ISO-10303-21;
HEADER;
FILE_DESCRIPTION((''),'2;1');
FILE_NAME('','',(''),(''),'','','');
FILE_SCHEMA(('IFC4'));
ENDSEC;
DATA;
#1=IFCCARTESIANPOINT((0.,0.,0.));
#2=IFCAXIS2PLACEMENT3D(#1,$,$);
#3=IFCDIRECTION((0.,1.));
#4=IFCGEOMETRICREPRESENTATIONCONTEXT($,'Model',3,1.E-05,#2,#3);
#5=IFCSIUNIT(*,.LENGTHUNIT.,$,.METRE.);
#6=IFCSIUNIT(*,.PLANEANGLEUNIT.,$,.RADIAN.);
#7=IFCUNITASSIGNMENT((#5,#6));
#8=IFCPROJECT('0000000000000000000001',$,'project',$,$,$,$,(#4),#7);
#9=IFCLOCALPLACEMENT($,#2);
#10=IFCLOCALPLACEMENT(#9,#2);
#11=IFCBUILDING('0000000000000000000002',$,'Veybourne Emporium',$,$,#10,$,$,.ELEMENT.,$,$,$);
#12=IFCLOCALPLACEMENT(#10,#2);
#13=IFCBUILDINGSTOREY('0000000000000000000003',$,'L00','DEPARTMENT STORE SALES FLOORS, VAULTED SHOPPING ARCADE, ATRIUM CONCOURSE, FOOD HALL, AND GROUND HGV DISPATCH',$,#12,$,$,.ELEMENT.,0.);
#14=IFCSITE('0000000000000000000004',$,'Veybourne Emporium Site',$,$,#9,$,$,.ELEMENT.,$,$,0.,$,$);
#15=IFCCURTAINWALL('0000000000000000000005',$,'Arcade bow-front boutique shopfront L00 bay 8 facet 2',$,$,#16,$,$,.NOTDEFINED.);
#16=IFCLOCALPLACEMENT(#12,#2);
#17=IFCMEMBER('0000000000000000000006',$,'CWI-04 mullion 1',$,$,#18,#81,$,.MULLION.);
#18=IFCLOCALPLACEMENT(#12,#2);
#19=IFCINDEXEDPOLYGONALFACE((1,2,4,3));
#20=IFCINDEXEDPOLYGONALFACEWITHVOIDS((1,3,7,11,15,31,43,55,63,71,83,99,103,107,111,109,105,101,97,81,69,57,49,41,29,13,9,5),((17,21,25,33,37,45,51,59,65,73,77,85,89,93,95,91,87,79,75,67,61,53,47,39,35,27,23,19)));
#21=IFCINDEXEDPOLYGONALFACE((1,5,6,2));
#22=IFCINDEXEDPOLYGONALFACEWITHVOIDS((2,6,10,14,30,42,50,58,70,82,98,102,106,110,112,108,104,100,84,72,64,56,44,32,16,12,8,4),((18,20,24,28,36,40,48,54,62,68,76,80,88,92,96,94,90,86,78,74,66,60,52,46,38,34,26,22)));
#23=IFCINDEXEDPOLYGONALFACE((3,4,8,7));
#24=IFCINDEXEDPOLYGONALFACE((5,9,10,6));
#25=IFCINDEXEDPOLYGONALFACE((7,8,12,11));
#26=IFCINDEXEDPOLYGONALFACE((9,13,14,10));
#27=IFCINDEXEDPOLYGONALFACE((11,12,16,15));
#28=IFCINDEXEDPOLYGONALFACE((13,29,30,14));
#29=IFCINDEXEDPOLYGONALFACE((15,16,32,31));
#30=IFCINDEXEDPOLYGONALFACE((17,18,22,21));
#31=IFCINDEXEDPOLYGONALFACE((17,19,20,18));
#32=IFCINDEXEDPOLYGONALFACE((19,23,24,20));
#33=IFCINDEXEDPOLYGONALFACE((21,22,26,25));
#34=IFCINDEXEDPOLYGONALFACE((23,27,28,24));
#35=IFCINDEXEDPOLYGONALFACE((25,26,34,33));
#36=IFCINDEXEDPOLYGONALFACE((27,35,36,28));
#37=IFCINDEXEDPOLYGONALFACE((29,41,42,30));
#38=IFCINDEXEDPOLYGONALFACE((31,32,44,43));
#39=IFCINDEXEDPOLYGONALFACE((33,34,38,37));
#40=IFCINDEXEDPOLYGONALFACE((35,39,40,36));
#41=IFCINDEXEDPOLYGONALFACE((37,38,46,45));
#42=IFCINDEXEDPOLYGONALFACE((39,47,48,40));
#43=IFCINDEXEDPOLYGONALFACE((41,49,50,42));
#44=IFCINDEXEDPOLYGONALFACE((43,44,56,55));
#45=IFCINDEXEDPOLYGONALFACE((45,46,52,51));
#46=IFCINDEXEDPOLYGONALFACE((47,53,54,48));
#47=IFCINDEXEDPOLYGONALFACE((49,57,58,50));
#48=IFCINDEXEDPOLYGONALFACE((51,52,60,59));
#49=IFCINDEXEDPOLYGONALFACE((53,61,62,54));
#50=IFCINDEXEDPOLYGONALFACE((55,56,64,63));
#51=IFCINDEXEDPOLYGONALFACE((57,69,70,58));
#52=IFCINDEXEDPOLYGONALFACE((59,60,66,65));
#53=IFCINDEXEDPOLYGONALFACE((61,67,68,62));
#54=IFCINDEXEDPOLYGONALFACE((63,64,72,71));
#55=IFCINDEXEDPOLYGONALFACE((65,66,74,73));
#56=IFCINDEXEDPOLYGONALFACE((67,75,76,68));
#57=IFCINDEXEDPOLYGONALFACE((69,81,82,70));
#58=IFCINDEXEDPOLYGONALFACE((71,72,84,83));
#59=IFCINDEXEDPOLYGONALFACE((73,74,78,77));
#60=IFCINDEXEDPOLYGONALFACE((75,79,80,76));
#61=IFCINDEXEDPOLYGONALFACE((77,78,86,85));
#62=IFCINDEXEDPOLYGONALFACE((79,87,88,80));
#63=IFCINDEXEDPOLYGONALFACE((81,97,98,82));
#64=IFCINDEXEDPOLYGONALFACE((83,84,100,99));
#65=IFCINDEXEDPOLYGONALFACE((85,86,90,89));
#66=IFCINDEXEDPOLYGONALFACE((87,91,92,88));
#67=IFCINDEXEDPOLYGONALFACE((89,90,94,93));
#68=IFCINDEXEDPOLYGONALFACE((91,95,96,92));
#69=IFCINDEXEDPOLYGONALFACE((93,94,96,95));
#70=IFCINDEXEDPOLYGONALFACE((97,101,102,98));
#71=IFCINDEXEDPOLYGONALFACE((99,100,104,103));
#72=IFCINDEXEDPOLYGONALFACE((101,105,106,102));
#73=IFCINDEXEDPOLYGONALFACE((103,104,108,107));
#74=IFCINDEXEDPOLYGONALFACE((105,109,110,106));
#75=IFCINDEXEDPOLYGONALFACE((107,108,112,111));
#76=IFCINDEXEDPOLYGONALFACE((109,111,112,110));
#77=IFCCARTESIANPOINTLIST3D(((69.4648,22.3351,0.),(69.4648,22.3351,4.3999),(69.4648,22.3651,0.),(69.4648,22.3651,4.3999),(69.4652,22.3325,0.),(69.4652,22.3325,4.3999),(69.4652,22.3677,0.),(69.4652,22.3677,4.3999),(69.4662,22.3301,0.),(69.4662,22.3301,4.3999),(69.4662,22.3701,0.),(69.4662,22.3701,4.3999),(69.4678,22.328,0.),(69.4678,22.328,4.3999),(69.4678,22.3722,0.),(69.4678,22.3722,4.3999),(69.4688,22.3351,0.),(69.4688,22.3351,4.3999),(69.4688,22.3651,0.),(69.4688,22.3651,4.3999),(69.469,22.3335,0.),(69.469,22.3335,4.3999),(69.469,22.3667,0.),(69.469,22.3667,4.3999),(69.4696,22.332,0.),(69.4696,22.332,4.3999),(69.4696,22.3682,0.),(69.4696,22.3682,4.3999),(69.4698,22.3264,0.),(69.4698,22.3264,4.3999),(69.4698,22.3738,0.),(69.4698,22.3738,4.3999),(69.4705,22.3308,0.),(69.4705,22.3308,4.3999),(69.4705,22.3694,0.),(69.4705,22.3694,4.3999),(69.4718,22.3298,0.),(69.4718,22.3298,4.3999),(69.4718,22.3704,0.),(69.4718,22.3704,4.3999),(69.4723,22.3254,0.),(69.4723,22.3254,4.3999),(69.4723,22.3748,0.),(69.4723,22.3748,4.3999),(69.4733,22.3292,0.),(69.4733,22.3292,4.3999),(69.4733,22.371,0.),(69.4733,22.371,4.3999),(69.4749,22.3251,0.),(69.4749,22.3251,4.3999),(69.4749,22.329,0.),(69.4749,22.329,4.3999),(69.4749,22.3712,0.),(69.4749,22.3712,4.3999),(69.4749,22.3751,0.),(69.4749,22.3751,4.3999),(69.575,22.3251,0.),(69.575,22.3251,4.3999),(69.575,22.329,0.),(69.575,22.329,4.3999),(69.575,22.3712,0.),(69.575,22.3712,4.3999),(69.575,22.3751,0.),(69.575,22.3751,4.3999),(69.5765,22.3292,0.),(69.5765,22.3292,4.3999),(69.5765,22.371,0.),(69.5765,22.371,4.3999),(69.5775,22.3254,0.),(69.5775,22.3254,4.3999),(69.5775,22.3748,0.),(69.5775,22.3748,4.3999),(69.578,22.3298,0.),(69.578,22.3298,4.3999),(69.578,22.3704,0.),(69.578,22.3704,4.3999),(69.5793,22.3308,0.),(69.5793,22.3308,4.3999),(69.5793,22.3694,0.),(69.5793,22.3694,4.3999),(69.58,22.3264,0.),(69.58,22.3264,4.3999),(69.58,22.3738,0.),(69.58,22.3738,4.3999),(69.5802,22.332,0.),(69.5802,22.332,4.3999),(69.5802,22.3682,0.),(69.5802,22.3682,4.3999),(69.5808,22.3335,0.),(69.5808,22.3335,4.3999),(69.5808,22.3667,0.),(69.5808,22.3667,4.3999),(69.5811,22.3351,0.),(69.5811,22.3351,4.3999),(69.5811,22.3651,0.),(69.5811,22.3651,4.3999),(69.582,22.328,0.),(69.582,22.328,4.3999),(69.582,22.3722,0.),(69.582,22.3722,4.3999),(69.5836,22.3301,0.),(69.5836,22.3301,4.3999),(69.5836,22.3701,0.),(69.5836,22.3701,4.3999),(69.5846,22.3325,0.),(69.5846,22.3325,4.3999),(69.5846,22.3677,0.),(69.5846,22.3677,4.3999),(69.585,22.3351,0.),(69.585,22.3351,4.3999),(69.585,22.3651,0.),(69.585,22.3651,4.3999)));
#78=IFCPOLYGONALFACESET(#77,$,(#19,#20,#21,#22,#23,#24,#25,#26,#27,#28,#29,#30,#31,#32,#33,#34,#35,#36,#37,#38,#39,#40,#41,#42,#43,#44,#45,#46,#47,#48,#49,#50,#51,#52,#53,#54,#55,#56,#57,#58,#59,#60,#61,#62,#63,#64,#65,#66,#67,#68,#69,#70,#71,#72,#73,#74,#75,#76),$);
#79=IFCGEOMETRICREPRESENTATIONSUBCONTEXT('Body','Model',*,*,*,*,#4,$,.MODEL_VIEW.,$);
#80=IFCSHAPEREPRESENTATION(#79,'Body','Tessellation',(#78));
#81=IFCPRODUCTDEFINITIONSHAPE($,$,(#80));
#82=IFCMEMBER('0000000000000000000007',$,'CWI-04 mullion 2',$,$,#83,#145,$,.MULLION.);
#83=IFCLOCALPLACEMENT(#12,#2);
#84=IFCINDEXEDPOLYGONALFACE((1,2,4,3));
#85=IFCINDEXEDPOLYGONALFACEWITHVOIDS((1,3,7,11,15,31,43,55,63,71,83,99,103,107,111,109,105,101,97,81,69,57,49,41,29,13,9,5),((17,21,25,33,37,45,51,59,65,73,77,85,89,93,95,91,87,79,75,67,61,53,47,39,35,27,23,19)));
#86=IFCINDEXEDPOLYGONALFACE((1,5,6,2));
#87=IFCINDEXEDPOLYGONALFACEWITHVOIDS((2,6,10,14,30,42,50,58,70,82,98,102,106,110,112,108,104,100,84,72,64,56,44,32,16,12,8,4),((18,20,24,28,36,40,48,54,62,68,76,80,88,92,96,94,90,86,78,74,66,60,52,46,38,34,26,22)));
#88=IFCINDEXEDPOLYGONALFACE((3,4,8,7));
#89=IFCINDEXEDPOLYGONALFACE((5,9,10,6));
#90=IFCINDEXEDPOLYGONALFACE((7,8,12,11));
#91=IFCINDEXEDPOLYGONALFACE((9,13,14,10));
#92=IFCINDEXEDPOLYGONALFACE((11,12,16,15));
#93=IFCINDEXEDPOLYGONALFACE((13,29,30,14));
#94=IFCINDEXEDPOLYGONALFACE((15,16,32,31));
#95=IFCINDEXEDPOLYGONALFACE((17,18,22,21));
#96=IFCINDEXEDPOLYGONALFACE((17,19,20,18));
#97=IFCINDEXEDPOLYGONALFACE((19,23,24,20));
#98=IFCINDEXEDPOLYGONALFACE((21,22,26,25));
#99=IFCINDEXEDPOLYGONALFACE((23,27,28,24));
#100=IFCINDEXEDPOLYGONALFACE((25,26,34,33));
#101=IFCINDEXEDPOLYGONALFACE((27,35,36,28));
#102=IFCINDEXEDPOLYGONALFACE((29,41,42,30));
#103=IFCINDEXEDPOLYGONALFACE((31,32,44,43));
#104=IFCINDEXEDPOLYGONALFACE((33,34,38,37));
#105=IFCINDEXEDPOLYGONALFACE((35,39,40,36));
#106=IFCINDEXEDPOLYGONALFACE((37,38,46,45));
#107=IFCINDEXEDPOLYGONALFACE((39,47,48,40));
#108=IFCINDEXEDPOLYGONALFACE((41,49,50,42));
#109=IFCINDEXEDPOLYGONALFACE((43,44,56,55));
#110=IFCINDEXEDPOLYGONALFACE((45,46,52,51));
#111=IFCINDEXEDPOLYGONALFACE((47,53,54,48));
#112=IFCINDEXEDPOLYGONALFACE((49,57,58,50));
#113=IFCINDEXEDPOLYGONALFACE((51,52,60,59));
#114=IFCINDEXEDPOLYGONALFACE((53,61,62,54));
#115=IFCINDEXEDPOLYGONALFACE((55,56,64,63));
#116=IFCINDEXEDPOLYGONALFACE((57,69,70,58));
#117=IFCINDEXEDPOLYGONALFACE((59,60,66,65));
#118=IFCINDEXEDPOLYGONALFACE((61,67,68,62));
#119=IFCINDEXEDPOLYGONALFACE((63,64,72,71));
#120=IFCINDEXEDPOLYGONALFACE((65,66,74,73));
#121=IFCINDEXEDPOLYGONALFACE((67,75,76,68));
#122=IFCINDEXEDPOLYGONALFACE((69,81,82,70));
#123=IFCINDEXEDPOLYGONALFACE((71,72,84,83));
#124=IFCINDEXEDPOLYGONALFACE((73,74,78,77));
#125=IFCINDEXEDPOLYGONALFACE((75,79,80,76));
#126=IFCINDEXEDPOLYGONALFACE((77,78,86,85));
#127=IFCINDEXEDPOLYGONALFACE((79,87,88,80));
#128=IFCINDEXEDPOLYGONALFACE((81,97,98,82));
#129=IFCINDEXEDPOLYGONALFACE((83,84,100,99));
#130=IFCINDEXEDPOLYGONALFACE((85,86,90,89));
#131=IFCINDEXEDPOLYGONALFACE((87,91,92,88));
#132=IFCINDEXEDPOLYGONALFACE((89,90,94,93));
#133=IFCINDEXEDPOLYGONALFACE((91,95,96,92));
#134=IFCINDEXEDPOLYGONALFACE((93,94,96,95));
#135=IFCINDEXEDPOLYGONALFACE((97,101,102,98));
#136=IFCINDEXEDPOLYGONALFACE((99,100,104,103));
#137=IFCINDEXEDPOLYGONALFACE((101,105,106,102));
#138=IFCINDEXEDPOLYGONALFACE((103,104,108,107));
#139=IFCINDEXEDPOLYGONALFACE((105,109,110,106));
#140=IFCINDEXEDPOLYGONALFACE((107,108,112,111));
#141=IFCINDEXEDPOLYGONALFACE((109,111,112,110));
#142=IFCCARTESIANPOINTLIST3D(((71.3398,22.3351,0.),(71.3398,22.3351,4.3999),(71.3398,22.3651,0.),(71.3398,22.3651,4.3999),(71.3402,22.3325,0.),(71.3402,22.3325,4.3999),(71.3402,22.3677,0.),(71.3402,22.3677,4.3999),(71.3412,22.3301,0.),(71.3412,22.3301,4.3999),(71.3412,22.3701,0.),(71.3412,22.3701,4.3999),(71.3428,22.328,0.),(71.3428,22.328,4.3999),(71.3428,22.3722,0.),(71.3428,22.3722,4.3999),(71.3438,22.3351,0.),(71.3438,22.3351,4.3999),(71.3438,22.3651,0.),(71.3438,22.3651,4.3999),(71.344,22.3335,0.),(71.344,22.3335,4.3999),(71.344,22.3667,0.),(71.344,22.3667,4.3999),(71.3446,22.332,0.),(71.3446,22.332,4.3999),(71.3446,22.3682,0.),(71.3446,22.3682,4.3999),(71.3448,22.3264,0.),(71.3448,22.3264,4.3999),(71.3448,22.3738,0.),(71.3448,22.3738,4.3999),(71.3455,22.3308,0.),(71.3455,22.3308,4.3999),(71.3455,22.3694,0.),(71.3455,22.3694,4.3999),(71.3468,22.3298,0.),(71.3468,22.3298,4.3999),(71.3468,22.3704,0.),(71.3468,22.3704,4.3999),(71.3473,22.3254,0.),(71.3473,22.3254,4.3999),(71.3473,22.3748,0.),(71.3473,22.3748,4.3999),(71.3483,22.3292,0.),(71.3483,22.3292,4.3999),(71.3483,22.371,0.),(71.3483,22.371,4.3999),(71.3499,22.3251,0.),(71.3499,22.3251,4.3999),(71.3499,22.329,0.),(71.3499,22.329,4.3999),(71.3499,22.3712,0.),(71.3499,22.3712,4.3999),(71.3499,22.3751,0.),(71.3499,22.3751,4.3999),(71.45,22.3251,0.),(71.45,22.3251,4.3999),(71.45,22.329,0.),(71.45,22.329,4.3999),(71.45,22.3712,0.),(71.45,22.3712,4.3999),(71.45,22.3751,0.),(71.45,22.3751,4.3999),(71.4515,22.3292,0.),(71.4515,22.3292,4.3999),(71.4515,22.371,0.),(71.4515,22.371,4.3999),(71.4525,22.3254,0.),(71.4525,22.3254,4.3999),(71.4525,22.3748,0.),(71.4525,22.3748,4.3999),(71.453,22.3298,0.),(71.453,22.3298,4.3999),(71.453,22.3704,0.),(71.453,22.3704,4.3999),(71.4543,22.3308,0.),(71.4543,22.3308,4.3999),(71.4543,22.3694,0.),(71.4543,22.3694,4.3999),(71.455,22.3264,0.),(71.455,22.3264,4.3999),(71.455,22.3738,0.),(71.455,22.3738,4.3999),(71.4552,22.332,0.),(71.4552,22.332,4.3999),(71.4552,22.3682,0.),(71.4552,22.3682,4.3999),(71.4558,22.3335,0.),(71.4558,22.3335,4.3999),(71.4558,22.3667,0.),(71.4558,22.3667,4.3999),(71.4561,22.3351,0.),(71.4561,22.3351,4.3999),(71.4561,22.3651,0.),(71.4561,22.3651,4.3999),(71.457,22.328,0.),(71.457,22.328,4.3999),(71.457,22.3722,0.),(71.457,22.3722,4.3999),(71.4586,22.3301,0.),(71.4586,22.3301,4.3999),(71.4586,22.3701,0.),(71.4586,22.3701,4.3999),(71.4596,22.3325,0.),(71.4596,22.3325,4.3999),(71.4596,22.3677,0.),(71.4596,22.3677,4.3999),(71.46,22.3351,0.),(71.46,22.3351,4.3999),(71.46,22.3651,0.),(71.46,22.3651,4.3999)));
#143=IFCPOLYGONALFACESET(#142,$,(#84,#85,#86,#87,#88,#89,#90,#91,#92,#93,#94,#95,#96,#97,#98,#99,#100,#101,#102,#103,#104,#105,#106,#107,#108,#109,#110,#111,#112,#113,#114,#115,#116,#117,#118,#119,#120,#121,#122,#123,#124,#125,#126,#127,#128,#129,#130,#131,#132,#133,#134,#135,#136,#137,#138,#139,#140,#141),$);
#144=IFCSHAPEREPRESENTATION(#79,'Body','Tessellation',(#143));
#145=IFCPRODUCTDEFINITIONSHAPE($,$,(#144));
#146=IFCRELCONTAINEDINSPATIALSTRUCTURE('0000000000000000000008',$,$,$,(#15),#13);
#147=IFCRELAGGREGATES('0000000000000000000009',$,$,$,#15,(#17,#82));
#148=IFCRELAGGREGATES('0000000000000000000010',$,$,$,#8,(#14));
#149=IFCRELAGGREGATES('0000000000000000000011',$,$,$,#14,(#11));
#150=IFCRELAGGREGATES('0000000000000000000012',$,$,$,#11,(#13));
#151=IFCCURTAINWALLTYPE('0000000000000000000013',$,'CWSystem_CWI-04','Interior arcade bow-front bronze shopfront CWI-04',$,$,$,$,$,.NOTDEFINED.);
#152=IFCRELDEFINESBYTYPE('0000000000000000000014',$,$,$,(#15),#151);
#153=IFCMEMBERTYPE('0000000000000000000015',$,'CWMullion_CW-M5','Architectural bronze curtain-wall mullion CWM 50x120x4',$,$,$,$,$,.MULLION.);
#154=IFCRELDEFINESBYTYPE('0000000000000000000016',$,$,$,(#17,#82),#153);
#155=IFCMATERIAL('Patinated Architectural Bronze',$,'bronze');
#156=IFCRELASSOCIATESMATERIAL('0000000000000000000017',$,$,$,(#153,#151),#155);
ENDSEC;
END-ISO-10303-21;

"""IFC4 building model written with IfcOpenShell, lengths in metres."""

from ifc_helpers import new_model, si_unit, direction, frame, origin, origin_2d, place, context, subcontext, project, spatial, hollow_rectangle, extrude, material, material_profile, profile_set, type_object, element, aggregate, save


model = new_model("IFC4")

# Units and contexts
model_context = context("Model", 3, precision=1e-05, world=origin(), true_north=direction((0.0, 1.0)))
body_context = subcontext(model_context, "Body", "Model", "MODEL_VIEW")
ifc_project = project(units=[si_unit("LENGTHUNIT", "METRE"), si_unit("PLANEANGLEUNIT", "RADIAN")], contexts=[model_context])

# Site, building, storey
site_placement = place(None, origin())
site = spatial("IfcSite", under=ifc_project, at=site_placement, Name="Veybourne Emporium Site", CompositionType="ELEMENT", RefElevation=0.0)
building_placement = place(site_placement, origin())
building = spatial("IfcBuilding", under=site, at=building_placement, Name="Veybourne Emporium", CompositionType="ELEMENT")
storey_placement = place(building_placement, origin())
storey = spatial("IfcBuildingStorey", under=building, at=storey_placement, Name="L00", Description="DEPARTMENT STORE SALES FLOORS, VAULTED SHOPPING ARCADE, ATRIUM CONCOURSE, FOOD HALL, AND GROUND HGV DISPATCH", CompositionType="ELEMENT", Elevation=0.0)

# Shared definitions
ifc_material_1 = material(Name="Patinated Architectural Bronze", Category="bronze")
ifc_material_profile_1 = material_profile(ifc_material_1, hollow_rectangle(XDim=0.05, YDim=0.1201, WallThickness=0.0039, InnerFilletRadius=0.0061, OuterFilletRadius=0.01, at=origin_2d()), Name="CWM 50x120x4")
ifc_profile_set_1 = profile_set([ifc_material_profile_1], Name="Patinated Architectural Bronze")
member_type_1 = type_object("IfcMemberType", Name="CWMullion_CW-M5", Description="Architectural bronze curtain-wall mullion CWM 50x120x4", PredefinedType="MULLION", material=ifc_profile_set_1)

# Curtain wall, members
curtain_wall_type_1 = type_object("IfcCurtainWallType", Name="CWSystem_CWI-04", Description="Interior arcade bow-front bronze shopfront CWI-04", PredefinedType="NOTDEFINED", material=ifc_material_1)
curtain_wall_1_placement = place(storey_placement, origin())
curtain_wall_1 = element("IfcCurtainWall", 1, at=curtain_wall_1_placement, inside=storey, type_object=curtain_wall_type_1, Name="Arcade bow-front boutique shopfront L00 bay 8 facet 2", PredefinedType="NOTDEFINED")
member_1_placement = place(storey_placement, frame((69.5249, 22.3501, 0.0), z_axis=(0.0, 0.0, 1.0), x_axis=(0.0, 1.0, 0.0)))
member_1 = element("IfcMember", 2, at=member_1_placement, type_object=member_type_1, Name="CWI-04 mullion 1", PredefinedType="MULLION", context=body_context, shape_type="SweptSolid", body=[
    extrude(hollow_rectangle(XDim=0.05, YDim=0.1201, WallThickness=0.0039, InnerFilletRadius=0.0061, OuterFilletRadius=0.01, at=origin_2d()), origin(), (0.0, 0.0, 1.0), 4.3999),
])
member_2_placement = place(storey_placement, frame((71.3999, 22.3501, 0.0), z_axis=(0.0, 0.0, 1.0), x_axis=(0.0, 1.0, 0.0)))
member_2 = element("IfcMember", 3, at=member_2_placement, type_object=member_type_1, Name="CWI-04 mullion 2", PredefinedType="MULLION", context=body_context, shape_type="SweptSolid", body=[
    extrude(hollow_rectangle(XDim=0.05, YDim=0.1201, WallThickness=0.0039, InnerFilletRadius=0.0061, OuterFilletRadius=0.01, at=origin_2d()), origin(), (0.0, 0.0, 1.0), 4.3999),
])

aggregate(curtain_wall_1, [member_1, member_2])

save(model, "model.ifc")
